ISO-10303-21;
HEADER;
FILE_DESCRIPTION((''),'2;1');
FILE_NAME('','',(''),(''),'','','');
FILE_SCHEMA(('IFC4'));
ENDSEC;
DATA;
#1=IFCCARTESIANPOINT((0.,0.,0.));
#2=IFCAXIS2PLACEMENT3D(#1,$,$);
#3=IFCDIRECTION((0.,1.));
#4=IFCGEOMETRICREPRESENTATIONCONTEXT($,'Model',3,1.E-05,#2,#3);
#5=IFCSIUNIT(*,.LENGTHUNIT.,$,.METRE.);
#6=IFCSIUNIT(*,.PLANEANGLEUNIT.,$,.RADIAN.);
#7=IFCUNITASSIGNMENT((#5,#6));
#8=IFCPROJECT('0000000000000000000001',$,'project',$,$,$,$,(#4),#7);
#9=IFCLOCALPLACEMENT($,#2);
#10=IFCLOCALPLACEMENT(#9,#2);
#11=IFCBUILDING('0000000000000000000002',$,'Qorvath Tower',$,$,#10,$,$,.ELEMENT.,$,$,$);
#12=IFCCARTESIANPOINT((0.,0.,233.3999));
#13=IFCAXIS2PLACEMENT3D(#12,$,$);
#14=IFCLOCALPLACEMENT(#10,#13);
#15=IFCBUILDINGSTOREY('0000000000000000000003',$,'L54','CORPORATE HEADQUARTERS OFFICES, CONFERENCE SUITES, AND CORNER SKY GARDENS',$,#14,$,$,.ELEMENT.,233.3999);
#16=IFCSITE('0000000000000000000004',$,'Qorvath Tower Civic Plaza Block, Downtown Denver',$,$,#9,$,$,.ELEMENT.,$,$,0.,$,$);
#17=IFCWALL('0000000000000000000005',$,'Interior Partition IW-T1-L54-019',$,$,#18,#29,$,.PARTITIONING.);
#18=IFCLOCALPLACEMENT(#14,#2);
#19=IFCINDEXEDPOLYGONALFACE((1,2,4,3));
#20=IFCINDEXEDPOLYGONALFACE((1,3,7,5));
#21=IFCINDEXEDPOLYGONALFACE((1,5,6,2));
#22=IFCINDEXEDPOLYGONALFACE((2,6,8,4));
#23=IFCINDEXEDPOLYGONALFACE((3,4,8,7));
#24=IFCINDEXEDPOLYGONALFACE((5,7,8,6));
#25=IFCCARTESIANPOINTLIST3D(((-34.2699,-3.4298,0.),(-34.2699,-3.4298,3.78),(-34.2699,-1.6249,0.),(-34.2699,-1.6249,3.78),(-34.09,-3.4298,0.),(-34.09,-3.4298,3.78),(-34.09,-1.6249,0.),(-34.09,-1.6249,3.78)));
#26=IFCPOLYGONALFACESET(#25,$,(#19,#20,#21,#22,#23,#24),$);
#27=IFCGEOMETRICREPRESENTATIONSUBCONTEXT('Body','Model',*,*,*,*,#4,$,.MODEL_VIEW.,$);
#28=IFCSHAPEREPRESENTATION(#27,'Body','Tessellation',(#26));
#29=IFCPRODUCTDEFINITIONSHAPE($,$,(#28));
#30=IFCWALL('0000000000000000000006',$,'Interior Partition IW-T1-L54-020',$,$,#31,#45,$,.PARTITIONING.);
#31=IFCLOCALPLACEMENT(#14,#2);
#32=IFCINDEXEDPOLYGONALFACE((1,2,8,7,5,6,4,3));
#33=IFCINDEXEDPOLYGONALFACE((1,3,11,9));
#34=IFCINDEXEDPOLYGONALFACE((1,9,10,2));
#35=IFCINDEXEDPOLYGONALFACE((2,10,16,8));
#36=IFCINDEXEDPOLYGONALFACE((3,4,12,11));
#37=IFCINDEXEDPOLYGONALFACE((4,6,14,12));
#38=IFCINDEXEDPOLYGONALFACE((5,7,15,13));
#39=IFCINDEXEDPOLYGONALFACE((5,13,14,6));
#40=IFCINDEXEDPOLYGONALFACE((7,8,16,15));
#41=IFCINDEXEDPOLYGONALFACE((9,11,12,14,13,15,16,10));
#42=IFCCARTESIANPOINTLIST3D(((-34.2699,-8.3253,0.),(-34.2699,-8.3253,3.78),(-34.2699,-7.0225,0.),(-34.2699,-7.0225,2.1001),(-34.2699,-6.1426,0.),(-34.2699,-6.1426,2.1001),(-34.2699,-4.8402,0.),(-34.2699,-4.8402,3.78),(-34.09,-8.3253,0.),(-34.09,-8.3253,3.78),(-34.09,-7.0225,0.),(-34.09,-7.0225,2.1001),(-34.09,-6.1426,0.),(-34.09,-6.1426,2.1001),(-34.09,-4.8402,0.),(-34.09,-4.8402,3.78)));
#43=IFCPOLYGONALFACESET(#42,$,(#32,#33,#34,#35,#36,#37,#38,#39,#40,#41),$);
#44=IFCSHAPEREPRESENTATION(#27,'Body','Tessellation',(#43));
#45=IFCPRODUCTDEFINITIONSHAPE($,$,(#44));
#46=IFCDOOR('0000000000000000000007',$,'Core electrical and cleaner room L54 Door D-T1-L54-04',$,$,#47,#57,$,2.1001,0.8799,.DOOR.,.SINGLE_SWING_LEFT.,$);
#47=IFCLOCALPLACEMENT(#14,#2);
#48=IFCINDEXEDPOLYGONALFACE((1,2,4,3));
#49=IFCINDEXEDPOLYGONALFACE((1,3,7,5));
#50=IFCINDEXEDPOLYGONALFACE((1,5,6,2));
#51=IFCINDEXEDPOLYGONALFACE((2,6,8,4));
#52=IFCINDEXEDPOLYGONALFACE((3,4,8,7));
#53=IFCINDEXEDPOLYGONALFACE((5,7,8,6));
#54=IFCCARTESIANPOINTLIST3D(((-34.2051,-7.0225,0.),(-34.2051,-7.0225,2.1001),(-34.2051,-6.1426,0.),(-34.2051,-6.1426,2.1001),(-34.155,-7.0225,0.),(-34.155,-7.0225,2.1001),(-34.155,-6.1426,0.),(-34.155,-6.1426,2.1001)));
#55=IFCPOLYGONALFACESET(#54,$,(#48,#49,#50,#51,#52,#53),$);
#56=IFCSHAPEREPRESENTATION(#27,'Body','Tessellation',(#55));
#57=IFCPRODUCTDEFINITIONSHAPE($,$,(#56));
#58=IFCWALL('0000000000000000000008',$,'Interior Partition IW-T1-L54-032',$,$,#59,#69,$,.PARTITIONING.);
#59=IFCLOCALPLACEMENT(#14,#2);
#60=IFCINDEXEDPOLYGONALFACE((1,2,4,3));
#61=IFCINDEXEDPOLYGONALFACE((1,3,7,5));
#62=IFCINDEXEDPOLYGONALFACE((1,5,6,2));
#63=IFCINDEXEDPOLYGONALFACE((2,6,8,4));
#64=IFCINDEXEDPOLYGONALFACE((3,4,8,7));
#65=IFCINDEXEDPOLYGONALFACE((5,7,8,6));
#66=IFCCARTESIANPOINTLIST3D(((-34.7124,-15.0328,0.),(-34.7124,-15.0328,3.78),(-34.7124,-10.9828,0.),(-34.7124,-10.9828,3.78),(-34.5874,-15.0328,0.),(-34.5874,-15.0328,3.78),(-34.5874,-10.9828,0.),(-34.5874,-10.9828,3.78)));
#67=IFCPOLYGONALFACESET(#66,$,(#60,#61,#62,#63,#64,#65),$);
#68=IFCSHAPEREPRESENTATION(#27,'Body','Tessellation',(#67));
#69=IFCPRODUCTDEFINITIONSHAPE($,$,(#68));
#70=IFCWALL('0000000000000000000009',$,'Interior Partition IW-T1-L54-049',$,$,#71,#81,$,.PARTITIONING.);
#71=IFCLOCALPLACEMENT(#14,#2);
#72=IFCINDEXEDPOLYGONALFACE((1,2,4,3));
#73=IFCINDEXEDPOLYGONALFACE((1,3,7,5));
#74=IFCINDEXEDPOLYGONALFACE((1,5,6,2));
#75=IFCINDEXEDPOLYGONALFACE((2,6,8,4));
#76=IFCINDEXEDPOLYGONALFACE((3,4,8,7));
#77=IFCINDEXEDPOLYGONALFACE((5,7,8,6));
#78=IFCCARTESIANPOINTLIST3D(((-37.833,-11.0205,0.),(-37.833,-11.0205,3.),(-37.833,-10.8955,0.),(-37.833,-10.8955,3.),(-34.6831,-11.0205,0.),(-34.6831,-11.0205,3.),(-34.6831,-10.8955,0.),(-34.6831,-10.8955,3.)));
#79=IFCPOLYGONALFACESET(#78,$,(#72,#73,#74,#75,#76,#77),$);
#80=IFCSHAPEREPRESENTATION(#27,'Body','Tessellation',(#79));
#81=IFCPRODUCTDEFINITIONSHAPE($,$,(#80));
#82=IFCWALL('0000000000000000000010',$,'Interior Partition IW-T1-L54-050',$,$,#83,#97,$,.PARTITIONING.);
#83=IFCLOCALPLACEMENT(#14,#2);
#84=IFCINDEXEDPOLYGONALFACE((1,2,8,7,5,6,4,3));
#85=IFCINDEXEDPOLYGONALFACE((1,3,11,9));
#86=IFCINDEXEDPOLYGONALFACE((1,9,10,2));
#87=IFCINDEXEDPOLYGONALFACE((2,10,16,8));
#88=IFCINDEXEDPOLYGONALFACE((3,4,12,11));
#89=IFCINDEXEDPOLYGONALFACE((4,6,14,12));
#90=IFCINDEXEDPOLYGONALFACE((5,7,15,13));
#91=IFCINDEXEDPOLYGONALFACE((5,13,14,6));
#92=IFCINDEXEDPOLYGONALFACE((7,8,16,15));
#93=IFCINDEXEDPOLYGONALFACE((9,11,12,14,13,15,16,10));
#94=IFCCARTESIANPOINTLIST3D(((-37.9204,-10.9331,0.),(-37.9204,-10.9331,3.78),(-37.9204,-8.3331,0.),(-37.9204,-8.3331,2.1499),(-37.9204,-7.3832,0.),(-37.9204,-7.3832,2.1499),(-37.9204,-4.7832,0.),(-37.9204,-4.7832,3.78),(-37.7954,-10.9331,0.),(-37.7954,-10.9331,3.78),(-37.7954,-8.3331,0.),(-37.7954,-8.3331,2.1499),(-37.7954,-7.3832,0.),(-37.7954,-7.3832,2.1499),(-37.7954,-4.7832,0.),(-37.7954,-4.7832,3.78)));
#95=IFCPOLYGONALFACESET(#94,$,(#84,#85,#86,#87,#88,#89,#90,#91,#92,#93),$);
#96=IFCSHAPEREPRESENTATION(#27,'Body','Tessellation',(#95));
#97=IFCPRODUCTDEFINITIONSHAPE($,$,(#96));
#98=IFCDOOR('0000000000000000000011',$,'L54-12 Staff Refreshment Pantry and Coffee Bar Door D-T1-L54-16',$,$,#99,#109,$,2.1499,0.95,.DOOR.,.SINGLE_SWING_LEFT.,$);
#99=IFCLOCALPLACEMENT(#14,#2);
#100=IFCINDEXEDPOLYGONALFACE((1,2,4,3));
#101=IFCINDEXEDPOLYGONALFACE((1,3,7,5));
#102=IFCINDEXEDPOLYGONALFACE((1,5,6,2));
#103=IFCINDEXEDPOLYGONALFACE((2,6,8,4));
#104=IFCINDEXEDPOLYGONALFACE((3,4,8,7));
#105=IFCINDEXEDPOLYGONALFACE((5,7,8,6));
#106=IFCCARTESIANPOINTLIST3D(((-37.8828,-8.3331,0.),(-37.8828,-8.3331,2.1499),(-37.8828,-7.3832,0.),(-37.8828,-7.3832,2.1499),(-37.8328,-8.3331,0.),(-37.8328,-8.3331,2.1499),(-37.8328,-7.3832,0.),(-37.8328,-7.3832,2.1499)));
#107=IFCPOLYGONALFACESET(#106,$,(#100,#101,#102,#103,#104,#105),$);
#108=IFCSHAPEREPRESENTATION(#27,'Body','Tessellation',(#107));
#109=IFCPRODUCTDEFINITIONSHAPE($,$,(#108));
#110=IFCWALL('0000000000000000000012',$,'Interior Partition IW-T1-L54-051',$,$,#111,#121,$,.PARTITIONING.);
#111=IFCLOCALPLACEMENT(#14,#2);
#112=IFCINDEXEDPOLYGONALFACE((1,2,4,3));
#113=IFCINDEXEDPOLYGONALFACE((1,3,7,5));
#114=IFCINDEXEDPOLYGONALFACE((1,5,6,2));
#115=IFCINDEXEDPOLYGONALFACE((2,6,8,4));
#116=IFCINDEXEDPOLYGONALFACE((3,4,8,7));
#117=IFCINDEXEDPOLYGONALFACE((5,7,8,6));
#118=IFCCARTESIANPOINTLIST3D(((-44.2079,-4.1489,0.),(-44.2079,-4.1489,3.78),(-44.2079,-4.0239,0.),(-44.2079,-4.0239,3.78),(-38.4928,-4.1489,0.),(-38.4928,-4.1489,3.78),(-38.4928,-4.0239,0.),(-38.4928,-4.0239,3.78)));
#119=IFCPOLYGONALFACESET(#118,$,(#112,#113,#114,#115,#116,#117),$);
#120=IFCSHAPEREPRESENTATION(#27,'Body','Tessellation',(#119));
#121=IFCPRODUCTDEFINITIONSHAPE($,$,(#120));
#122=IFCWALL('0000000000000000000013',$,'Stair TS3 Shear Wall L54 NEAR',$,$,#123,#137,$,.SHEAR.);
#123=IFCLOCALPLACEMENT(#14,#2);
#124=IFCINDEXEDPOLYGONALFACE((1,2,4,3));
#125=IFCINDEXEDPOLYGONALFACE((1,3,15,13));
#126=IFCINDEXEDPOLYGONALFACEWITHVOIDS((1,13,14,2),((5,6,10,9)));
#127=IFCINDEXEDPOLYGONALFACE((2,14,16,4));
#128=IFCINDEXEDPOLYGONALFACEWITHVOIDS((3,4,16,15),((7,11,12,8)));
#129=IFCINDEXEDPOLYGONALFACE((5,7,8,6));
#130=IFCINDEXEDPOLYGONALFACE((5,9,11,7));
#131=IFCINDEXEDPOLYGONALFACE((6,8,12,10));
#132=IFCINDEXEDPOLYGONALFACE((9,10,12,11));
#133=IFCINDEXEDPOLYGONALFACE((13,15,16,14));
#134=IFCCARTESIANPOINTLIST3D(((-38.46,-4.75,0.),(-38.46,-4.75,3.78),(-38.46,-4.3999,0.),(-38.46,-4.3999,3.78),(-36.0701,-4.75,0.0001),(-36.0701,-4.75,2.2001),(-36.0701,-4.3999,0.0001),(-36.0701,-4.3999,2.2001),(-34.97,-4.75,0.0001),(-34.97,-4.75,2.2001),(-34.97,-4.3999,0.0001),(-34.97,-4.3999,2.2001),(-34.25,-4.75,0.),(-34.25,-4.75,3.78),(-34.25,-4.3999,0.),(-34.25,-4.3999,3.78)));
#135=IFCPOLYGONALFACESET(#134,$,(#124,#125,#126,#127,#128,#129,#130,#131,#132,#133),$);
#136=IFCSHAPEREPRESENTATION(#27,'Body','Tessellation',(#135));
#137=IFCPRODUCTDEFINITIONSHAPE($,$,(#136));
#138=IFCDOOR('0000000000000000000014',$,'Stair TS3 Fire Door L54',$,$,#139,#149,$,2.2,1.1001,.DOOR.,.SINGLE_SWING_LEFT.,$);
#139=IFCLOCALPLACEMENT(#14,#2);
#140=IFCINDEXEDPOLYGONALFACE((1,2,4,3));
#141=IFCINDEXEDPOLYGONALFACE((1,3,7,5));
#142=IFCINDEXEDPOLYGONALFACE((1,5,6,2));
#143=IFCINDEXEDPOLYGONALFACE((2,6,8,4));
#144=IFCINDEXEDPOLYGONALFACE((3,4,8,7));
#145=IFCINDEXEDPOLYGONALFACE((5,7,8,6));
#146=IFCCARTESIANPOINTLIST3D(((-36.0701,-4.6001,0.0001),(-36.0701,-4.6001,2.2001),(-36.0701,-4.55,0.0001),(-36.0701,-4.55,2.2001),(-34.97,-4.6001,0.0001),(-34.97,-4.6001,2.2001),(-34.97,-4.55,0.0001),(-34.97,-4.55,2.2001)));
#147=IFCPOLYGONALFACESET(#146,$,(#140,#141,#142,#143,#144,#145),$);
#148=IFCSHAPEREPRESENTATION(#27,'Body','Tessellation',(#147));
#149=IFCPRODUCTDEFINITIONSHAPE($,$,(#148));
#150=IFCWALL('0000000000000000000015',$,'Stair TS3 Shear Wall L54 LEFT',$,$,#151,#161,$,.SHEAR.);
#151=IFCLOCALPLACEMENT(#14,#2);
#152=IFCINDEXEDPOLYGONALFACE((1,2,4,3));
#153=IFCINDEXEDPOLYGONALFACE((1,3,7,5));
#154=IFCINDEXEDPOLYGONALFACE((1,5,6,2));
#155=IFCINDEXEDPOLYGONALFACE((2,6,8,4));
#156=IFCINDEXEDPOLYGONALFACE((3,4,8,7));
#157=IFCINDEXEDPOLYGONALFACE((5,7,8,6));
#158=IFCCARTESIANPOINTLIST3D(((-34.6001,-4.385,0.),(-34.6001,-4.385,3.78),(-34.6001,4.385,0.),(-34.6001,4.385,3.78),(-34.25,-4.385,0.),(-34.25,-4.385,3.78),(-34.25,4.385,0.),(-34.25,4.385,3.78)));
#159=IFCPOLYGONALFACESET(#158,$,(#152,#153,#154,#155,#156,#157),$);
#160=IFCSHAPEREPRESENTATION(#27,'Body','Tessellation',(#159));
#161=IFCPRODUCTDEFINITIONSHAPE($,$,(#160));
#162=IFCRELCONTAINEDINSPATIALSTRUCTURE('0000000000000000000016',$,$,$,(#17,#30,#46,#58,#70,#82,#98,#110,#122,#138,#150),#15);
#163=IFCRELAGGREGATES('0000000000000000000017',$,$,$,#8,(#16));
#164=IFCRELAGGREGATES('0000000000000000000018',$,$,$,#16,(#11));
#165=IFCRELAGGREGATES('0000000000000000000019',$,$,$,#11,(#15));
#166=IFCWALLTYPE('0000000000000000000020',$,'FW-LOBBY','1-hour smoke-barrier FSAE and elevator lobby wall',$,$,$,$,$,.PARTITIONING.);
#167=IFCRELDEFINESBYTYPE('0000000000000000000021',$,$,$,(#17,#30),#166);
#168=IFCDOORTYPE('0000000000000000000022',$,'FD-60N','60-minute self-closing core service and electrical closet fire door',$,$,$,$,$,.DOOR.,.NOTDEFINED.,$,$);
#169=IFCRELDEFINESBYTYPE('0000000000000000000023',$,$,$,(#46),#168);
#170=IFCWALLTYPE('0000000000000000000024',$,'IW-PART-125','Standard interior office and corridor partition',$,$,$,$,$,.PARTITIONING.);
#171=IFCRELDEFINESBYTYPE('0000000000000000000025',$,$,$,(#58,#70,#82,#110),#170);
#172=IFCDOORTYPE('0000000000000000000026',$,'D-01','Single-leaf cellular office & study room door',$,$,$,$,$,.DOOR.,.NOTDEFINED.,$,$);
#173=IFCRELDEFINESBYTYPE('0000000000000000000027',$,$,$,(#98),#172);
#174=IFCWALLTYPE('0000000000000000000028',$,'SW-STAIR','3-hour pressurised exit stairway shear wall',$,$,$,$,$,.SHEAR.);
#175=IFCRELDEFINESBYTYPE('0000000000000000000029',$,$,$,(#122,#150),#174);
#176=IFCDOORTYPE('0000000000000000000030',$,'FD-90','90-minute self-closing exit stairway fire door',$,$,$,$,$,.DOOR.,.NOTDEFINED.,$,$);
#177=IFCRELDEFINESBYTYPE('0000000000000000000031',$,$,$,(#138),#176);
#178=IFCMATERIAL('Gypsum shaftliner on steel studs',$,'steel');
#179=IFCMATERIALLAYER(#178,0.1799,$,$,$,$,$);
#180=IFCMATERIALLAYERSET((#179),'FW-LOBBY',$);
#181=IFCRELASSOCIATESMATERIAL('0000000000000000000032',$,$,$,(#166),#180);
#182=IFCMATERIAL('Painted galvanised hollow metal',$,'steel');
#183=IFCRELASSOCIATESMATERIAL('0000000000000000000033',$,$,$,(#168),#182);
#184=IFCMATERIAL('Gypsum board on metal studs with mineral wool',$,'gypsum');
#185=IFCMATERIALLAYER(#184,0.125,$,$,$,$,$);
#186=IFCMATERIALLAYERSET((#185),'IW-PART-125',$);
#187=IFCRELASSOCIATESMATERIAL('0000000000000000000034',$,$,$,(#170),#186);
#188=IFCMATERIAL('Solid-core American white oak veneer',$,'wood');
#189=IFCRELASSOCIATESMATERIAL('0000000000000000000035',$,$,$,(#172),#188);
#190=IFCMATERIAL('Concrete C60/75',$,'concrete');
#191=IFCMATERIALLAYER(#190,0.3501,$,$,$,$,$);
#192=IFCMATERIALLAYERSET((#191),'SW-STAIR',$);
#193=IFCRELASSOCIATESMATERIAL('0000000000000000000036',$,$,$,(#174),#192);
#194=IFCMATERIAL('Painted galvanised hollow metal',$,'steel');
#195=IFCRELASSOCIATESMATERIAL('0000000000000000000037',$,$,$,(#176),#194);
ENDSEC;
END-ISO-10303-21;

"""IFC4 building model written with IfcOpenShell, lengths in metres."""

from ifc_helpers import new_model, si_unit, direction, frame, frame_2d, origin, place, context, subcontext, project, spatial, rectangle, extrude, material, layer, layer_set, type_object, element, fill, save


model = new_model("IFC4")

# Units and contexts
model_context = context("Model", 3, precision=1e-05, world=origin(), true_north=direction((0.0, 1.0)))
body_context = subcontext(model_context, "Body", "Model", "MODEL_VIEW")
ifc_project = project(units=[si_unit("LENGTHUNIT", "METRE"), si_unit("PLANEANGLEUNIT", "RADIAN")], contexts=[model_context])

# Site, building, storey
site_placement = place(None, origin())
site = spatial("IfcSite", under=ifc_project, at=site_placement, Name="Qorvath Tower Civic Plaza Block, Downtown Denver", CompositionType="ELEMENT", RefElevation=0.0)
building_placement = place(site_placement, origin())
building = spatial("IfcBuilding", under=site, at=building_placement, Name="Qorvath Tower", CompositionType="ELEMENT")
storey_placement = place(building_placement, frame((0.0, 0.0, 233.3999)))
storey = spatial("IfcBuildingStorey", under=building, at=storey_placement, Name="L54", Description="CORPORATE HEADQUARTERS OFFICES, CONFERENCE SUITES, AND CORNER SKY GARDENS", CompositionType="ELEMENT", Elevation=233.3999)

# Wall
ifc_material_1 = material(Name="Gypsum shaftliner on steel studs", Category="steel")
ifc_layer_1 = layer(ifc_material_1, 0.1799)
ifc_layer_set_1 = layer_set([ifc_layer_1], Name="FW-LOBBY")
wall_type_1 = type_object("IfcWallType", Name="FW-LOBBY", Description="1-hour smoke-barrier FSAE and elevator lobby wall", PredefinedType="PARTITIONING", material=ifc_layer_set_1)
wall_1_placement = place(storey_placement, frame((-34.1799, -1.625, 0.0), z_axis=(0.0, 0.0, 1.0), x_axis=(0.0, -1.0, 0.0)))
element("IfcWall", 1, at=wall_1_placement, inside=storey, type_object=wall_type_1, Name="Interior Partition IW-T1-L54-019", PredefinedType="PARTITIONING", context=body_context, shape_type="SweptSolid", body=[
    extrude(rectangle(XDim=1.8049, YDim=0.1799, at=frame_2d((0.9023, 0.0))), origin(), (0.0, 0.0, 1.0), 3.78),
])

# Wall, opening, door
wall_2_placement = place(storey_placement, frame((-34.1799, -4.8401, 0.0), z_axis=(0.0, 0.0, 1.0), x_axis=(0.0, -1.0, 0.0)))
wall_2 = element("IfcWall", 2, at=wall_2_placement, inside=storey, type_object=wall_type_1, Name="Interior Partition IW-T1-L54-020", PredefinedType="PARTITIONING", context=body_context, shape_type="SweptSolid", body=[
    extrude(rectangle(XDim=3.4851, YDim=0.1799, at=frame_2d((1.7427, 0.0))), origin(), (0.0, 0.0, 1.0), 3.78),
])
opening_1_placement = place(wall_2_placement, frame((1.3025, 0.0, 0.0)))
opening_1 = element("IfcOpeningElement", 3, at=opening_1_placement, cuts=wall_2, PredefinedType="OPENING", context=body_context, shape_type="SweptSolid", body=[
    extrude(rectangle(XDim=0.8799, YDim=2.1001, at=frame_2d((0.4399, 1.05))), frame((0.0, 0.1001, 0.0), z_axis=(0.0, -1.0, 0.0), x_axis=(1.0, 0.0, 0.0)), (0.0, 0.0, 1.0), 0.2),
])
ifc_material_2 = material(Name="Painted galvanised hollow metal", Category="steel")
door_type_1 = type_object("IfcDoorType", Name="FD-60N", Description="60-minute self-closing core service and electrical closet fire door", OperationType="NOTDEFINED", PredefinedType="DOOR", material=ifc_material_2)
door_1_placement = place(opening_1_placement, origin())
door_1 = element("IfcDoor", 4, at=door_1_placement, inside=storey, type_object=door_type_1, Name="Core electrical and cleaner room L54 Door D-T1-L54-04", OperationType="SINGLE_SWING_LEFT", OverallHeight=2.1001, OverallWidth=0.8799, PredefinedType="DOOR", context=body_context, shape_type="SweptSolid", body=[
    extrude(rectangle(XDim=0.8799, YDim=2.1001, at=frame_2d((0.4399, 1.05))), frame((0.0, 0.0249, 0.0), z_axis=(0.0, -1.0, 0.0), x_axis=(1.0, 0.0, 0.0)), (0.0, 0.0, 1.0), 0.05),
])
fill(opening_1, door_1)

# Walls
ifc_material_3 = material(Name="Gypsum board on metal studs with mineral wool", Category="gypsum")
ifc_layer_2 = layer(ifc_material_3, 0.125)
ifc_layer_set_2 = layer_set([ifc_layer_2], Name="IW-PART-125")
wall_type_2 = type_object("IfcWallType", Name="IW-PART-125", Description="Standard interior office and corridor partition", PredefinedType="PARTITIONING", material=ifc_layer_set_2)
wall_3_placement = place(storey_placement, frame((-34.6499, -10.9829, 0.0), z_axis=(0.0, 0.0, 1.0), x_axis=(0.0, -1.0, 0.0)))
element("IfcWall", 5, at=wall_3_placement, inside=storey, type_object=wall_type_2, Name="Interior Partition IW-T1-L54-032", PredefinedType="PARTITIONING", context=body_context, shape_type="SweptSolid", body=[
    extrude(rectangle(XDim=4.05, YDim=0.125, at=frame_2d((2.0249, 0.0))), origin(), (0.0, 0.0, 1.0), 3.78),
])
wall_4_placement = place(storey_placement, frame((-37.833, -10.958, 0.0), z_axis=(0.0, 0.0, 1.0), x_axis=(1.0, 0.0, 0.0)))
element("IfcWall", 6, at=wall_4_placement, inside=storey, type_object=wall_type_2, Name="Interior Partition IW-T1-L54-049", PredefinedType="PARTITIONING", context=body_context, shape_type="SweptSolid", body=[
    extrude(rectangle(XDim=3.1499, YDim=0.125, at=frame_2d((1.575, 0.0))), origin(), (0.0, 0.0, 1.0), 3.0),
])

# Wall, opening, door
wall_5_placement = place(storey_placement, frame((-37.8579, -10.9331, 0.0), z_axis=(0.0, 0.0, 1.0), x_axis=(0.0, 1.0, 0.0)))
wall_5 = element("IfcWall", 7, at=wall_5_placement, inside=storey, type_object=wall_type_2, Name="Interior Partition IW-T1-L54-050", PredefinedType="PARTITIONING", context=body_context, shape_type="SweptSolid", body=[
    extrude(rectangle(XDim=6.1499, YDim=0.125, at=frame_2d((3.075, 0.0))), origin(), (0.0, 0.0, 1.0), 3.78),
])
opening_2_placement = place(wall_5_placement, frame((2.5999, 0.0, 0.0)))
opening_2 = element("IfcOpeningElement", 8, at=opening_2_placement, cuts=wall_5, PredefinedType="OPENING", context=body_context, shape_type="SweptSolid", body=[
    extrude(rectangle(XDim=0.95, YDim=2.1499, at=frame_2d((0.4751, 1.075))), frame((0.0, 0.0725, 0.0), z_axis=(0.0, -1.0, 0.0), x_axis=(1.0, 0.0, 0.0)), (0.0, 0.0, 1.0), 0.145),
])
ifc_material_4 = material(Name="Solid-core American white oak veneer", Category="wood")
door_type_2 = type_object("IfcDoorType", Name="D-01", Description="Single-leaf cellular office & study room door", OperationType="NOTDEFINED", PredefinedType="DOOR", material=ifc_material_4)
door_2_placement = place(opening_2_placement, origin())
door_2 = element("IfcDoor", 9, at=door_2_placement, inside=storey, type_object=door_type_2, Name="L54-12 Staff Refreshment Pantry and Coffee Bar Door D-T1-L54-16", OperationType="SINGLE_SWING_LEFT", OverallHeight=2.1499, OverallWidth=0.95, PredefinedType="DOOR", context=body_context, shape_type="SweptSolid", body=[
    extrude(rectangle(XDim=0.95, YDim=2.1499, at=frame_2d((0.4751, 1.075))), frame((0.0, 0.0249, 0.0), z_axis=(0.0, -1.0, 0.0), x_axis=(1.0, 0.0, 0.0)), (0.0, 0.0, 1.0), 0.05),
])
fill(opening_2, door_2)

# Wall
wall_6_placement = place(storey_placement, frame((-38.4929, -4.0864, 0.0), z_axis=(0.0, 0.0, 1.0), x_axis=(-1.0, 0.0, 0.0)))
element("IfcWall", 10, at=wall_6_placement, inside=storey, type_object=wall_type_2, Name="Interior Partition IW-T1-L54-051", PredefinedType="PARTITIONING", context=body_context, shape_type="SweptSolid", body=[
    extrude(rectangle(XDim=5.7151, YDim=0.125, at=frame_2d((2.8574, 0.0))), origin(), (0.0, 0.0, 1.0), 3.78),
])

# Wall, opening, door
ifc_material_5 = material(Name="Concrete C60/75", Category="concrete")
ifc_layer_3 = layer(ifc_material_5, 0.3501)
ifc_layer_set_3 = layer_set([ifc_layer_3], Name="SW-STAIR")
wall_type_3 = type_object("IfcWallType", Name="SW-STAIR", Description="3-hour pressurised exit stairway shear wall", PredefinedType="SHEAR", material=ifc_layer_set_3)
wall_7_placement = place(storey_placement, frame((-38.46, -4.575, 0.0), z_axis=(0.0, 0.0, 1.0), x_axis=(1.0, 0.0, 0.0)))
wall_7 = element("IfcWall", 11, at=wall_7_placement, inside=storey, type_object=wall_type_3, Name="Stair TS3 Shear Wall L54 NEAR", PredefinedType="SHEAR", context=body_context, shape_type="SweptSolid", body=[
    extrude(rectangle(XDim=4.21, YDim=0.3501, at=frame_2d((2.105, 0.0))), origin(), (0.0, 0.0, 1.0), 3.78),
])
opening_3_placement = place(wall_7_placement, frame((2.3899, 0.0, 0.0)))
opening_3 = element("IfcOpeningElement", 12, at=opening_3_placement, cuts=wall_7, PredefinedType="OPENING", context=body_context, shape_type="SweptSolid", body=[
    extrude(rectangle(XDim=1.1001, YDim=2.2, at=frame_2d((0.55, 1.1001))), frame((0.0, 0.1851, 0.0), z_axis=(0.0, -1.0, 0.0), x_axis=(1.0, 0.0, 0.0)), (0.0, 0.0, 1.0), 0.3701),
])
ifc_material_6 = material(Name="Painted galvanised hollow metal", Category="steel")
door_type_3 = type_object("IfcDoorType", Name="FD-90", Description="90-minute self-closing exit stairway fire door", OperationType="NOTDEFINED", PredefinedType="DOOR", material=ifc_material_6)
door_3_placement = place(opening_3_placement, origin())
door_3 = element("IfcDoor", 13, at=door_3_placement, inside=storey, type_object=door_type_3, Name="Stair TS3 Fire Door L54", OperationType="SINGLE_SWING_LEFT", OverallHeight=2.2, OverallWidth=1.1001, PredefinedType="DOOR", context=body_context, shape_type="SweptSolid", body=[
    extrude(rectangle(XDim=1.1001, YDim=2.2, at=frame_2d((0.55, 1.1001))), frame((0.0, 0.0249, 0.0), z_axis=(0.0, -1.0, 0.0), x_axis=(1.0, 0.0, 0.0)), (0.0, 0.0, 1.0), 0.05),
])
fill(opening_3, door_3)

# Wall
wall_8_placement = place(storey_placement, frame((-34.425, -4.385, 0.0), z_axis=(0.0, 0.0, 1.0), x_axis=(0.0, 1.0, 0.0)))
element("IfcWall", 14, at=wall_8_placement, inside=storey, type_object=wall_type_3, Name="Stair TS3 Shear Wall L54 LEFT", PredefinedType="SHEAR", context=body_context, shape_type="SweptSolid", body=[
    extrude(rectangle(XDim=8.77, YDim=0.3501, at=frame_2d((4.385, 0.0))), origin(), (0.0, 0.0, 1.0), 3.78),
])

save(model, "model.ifc")
